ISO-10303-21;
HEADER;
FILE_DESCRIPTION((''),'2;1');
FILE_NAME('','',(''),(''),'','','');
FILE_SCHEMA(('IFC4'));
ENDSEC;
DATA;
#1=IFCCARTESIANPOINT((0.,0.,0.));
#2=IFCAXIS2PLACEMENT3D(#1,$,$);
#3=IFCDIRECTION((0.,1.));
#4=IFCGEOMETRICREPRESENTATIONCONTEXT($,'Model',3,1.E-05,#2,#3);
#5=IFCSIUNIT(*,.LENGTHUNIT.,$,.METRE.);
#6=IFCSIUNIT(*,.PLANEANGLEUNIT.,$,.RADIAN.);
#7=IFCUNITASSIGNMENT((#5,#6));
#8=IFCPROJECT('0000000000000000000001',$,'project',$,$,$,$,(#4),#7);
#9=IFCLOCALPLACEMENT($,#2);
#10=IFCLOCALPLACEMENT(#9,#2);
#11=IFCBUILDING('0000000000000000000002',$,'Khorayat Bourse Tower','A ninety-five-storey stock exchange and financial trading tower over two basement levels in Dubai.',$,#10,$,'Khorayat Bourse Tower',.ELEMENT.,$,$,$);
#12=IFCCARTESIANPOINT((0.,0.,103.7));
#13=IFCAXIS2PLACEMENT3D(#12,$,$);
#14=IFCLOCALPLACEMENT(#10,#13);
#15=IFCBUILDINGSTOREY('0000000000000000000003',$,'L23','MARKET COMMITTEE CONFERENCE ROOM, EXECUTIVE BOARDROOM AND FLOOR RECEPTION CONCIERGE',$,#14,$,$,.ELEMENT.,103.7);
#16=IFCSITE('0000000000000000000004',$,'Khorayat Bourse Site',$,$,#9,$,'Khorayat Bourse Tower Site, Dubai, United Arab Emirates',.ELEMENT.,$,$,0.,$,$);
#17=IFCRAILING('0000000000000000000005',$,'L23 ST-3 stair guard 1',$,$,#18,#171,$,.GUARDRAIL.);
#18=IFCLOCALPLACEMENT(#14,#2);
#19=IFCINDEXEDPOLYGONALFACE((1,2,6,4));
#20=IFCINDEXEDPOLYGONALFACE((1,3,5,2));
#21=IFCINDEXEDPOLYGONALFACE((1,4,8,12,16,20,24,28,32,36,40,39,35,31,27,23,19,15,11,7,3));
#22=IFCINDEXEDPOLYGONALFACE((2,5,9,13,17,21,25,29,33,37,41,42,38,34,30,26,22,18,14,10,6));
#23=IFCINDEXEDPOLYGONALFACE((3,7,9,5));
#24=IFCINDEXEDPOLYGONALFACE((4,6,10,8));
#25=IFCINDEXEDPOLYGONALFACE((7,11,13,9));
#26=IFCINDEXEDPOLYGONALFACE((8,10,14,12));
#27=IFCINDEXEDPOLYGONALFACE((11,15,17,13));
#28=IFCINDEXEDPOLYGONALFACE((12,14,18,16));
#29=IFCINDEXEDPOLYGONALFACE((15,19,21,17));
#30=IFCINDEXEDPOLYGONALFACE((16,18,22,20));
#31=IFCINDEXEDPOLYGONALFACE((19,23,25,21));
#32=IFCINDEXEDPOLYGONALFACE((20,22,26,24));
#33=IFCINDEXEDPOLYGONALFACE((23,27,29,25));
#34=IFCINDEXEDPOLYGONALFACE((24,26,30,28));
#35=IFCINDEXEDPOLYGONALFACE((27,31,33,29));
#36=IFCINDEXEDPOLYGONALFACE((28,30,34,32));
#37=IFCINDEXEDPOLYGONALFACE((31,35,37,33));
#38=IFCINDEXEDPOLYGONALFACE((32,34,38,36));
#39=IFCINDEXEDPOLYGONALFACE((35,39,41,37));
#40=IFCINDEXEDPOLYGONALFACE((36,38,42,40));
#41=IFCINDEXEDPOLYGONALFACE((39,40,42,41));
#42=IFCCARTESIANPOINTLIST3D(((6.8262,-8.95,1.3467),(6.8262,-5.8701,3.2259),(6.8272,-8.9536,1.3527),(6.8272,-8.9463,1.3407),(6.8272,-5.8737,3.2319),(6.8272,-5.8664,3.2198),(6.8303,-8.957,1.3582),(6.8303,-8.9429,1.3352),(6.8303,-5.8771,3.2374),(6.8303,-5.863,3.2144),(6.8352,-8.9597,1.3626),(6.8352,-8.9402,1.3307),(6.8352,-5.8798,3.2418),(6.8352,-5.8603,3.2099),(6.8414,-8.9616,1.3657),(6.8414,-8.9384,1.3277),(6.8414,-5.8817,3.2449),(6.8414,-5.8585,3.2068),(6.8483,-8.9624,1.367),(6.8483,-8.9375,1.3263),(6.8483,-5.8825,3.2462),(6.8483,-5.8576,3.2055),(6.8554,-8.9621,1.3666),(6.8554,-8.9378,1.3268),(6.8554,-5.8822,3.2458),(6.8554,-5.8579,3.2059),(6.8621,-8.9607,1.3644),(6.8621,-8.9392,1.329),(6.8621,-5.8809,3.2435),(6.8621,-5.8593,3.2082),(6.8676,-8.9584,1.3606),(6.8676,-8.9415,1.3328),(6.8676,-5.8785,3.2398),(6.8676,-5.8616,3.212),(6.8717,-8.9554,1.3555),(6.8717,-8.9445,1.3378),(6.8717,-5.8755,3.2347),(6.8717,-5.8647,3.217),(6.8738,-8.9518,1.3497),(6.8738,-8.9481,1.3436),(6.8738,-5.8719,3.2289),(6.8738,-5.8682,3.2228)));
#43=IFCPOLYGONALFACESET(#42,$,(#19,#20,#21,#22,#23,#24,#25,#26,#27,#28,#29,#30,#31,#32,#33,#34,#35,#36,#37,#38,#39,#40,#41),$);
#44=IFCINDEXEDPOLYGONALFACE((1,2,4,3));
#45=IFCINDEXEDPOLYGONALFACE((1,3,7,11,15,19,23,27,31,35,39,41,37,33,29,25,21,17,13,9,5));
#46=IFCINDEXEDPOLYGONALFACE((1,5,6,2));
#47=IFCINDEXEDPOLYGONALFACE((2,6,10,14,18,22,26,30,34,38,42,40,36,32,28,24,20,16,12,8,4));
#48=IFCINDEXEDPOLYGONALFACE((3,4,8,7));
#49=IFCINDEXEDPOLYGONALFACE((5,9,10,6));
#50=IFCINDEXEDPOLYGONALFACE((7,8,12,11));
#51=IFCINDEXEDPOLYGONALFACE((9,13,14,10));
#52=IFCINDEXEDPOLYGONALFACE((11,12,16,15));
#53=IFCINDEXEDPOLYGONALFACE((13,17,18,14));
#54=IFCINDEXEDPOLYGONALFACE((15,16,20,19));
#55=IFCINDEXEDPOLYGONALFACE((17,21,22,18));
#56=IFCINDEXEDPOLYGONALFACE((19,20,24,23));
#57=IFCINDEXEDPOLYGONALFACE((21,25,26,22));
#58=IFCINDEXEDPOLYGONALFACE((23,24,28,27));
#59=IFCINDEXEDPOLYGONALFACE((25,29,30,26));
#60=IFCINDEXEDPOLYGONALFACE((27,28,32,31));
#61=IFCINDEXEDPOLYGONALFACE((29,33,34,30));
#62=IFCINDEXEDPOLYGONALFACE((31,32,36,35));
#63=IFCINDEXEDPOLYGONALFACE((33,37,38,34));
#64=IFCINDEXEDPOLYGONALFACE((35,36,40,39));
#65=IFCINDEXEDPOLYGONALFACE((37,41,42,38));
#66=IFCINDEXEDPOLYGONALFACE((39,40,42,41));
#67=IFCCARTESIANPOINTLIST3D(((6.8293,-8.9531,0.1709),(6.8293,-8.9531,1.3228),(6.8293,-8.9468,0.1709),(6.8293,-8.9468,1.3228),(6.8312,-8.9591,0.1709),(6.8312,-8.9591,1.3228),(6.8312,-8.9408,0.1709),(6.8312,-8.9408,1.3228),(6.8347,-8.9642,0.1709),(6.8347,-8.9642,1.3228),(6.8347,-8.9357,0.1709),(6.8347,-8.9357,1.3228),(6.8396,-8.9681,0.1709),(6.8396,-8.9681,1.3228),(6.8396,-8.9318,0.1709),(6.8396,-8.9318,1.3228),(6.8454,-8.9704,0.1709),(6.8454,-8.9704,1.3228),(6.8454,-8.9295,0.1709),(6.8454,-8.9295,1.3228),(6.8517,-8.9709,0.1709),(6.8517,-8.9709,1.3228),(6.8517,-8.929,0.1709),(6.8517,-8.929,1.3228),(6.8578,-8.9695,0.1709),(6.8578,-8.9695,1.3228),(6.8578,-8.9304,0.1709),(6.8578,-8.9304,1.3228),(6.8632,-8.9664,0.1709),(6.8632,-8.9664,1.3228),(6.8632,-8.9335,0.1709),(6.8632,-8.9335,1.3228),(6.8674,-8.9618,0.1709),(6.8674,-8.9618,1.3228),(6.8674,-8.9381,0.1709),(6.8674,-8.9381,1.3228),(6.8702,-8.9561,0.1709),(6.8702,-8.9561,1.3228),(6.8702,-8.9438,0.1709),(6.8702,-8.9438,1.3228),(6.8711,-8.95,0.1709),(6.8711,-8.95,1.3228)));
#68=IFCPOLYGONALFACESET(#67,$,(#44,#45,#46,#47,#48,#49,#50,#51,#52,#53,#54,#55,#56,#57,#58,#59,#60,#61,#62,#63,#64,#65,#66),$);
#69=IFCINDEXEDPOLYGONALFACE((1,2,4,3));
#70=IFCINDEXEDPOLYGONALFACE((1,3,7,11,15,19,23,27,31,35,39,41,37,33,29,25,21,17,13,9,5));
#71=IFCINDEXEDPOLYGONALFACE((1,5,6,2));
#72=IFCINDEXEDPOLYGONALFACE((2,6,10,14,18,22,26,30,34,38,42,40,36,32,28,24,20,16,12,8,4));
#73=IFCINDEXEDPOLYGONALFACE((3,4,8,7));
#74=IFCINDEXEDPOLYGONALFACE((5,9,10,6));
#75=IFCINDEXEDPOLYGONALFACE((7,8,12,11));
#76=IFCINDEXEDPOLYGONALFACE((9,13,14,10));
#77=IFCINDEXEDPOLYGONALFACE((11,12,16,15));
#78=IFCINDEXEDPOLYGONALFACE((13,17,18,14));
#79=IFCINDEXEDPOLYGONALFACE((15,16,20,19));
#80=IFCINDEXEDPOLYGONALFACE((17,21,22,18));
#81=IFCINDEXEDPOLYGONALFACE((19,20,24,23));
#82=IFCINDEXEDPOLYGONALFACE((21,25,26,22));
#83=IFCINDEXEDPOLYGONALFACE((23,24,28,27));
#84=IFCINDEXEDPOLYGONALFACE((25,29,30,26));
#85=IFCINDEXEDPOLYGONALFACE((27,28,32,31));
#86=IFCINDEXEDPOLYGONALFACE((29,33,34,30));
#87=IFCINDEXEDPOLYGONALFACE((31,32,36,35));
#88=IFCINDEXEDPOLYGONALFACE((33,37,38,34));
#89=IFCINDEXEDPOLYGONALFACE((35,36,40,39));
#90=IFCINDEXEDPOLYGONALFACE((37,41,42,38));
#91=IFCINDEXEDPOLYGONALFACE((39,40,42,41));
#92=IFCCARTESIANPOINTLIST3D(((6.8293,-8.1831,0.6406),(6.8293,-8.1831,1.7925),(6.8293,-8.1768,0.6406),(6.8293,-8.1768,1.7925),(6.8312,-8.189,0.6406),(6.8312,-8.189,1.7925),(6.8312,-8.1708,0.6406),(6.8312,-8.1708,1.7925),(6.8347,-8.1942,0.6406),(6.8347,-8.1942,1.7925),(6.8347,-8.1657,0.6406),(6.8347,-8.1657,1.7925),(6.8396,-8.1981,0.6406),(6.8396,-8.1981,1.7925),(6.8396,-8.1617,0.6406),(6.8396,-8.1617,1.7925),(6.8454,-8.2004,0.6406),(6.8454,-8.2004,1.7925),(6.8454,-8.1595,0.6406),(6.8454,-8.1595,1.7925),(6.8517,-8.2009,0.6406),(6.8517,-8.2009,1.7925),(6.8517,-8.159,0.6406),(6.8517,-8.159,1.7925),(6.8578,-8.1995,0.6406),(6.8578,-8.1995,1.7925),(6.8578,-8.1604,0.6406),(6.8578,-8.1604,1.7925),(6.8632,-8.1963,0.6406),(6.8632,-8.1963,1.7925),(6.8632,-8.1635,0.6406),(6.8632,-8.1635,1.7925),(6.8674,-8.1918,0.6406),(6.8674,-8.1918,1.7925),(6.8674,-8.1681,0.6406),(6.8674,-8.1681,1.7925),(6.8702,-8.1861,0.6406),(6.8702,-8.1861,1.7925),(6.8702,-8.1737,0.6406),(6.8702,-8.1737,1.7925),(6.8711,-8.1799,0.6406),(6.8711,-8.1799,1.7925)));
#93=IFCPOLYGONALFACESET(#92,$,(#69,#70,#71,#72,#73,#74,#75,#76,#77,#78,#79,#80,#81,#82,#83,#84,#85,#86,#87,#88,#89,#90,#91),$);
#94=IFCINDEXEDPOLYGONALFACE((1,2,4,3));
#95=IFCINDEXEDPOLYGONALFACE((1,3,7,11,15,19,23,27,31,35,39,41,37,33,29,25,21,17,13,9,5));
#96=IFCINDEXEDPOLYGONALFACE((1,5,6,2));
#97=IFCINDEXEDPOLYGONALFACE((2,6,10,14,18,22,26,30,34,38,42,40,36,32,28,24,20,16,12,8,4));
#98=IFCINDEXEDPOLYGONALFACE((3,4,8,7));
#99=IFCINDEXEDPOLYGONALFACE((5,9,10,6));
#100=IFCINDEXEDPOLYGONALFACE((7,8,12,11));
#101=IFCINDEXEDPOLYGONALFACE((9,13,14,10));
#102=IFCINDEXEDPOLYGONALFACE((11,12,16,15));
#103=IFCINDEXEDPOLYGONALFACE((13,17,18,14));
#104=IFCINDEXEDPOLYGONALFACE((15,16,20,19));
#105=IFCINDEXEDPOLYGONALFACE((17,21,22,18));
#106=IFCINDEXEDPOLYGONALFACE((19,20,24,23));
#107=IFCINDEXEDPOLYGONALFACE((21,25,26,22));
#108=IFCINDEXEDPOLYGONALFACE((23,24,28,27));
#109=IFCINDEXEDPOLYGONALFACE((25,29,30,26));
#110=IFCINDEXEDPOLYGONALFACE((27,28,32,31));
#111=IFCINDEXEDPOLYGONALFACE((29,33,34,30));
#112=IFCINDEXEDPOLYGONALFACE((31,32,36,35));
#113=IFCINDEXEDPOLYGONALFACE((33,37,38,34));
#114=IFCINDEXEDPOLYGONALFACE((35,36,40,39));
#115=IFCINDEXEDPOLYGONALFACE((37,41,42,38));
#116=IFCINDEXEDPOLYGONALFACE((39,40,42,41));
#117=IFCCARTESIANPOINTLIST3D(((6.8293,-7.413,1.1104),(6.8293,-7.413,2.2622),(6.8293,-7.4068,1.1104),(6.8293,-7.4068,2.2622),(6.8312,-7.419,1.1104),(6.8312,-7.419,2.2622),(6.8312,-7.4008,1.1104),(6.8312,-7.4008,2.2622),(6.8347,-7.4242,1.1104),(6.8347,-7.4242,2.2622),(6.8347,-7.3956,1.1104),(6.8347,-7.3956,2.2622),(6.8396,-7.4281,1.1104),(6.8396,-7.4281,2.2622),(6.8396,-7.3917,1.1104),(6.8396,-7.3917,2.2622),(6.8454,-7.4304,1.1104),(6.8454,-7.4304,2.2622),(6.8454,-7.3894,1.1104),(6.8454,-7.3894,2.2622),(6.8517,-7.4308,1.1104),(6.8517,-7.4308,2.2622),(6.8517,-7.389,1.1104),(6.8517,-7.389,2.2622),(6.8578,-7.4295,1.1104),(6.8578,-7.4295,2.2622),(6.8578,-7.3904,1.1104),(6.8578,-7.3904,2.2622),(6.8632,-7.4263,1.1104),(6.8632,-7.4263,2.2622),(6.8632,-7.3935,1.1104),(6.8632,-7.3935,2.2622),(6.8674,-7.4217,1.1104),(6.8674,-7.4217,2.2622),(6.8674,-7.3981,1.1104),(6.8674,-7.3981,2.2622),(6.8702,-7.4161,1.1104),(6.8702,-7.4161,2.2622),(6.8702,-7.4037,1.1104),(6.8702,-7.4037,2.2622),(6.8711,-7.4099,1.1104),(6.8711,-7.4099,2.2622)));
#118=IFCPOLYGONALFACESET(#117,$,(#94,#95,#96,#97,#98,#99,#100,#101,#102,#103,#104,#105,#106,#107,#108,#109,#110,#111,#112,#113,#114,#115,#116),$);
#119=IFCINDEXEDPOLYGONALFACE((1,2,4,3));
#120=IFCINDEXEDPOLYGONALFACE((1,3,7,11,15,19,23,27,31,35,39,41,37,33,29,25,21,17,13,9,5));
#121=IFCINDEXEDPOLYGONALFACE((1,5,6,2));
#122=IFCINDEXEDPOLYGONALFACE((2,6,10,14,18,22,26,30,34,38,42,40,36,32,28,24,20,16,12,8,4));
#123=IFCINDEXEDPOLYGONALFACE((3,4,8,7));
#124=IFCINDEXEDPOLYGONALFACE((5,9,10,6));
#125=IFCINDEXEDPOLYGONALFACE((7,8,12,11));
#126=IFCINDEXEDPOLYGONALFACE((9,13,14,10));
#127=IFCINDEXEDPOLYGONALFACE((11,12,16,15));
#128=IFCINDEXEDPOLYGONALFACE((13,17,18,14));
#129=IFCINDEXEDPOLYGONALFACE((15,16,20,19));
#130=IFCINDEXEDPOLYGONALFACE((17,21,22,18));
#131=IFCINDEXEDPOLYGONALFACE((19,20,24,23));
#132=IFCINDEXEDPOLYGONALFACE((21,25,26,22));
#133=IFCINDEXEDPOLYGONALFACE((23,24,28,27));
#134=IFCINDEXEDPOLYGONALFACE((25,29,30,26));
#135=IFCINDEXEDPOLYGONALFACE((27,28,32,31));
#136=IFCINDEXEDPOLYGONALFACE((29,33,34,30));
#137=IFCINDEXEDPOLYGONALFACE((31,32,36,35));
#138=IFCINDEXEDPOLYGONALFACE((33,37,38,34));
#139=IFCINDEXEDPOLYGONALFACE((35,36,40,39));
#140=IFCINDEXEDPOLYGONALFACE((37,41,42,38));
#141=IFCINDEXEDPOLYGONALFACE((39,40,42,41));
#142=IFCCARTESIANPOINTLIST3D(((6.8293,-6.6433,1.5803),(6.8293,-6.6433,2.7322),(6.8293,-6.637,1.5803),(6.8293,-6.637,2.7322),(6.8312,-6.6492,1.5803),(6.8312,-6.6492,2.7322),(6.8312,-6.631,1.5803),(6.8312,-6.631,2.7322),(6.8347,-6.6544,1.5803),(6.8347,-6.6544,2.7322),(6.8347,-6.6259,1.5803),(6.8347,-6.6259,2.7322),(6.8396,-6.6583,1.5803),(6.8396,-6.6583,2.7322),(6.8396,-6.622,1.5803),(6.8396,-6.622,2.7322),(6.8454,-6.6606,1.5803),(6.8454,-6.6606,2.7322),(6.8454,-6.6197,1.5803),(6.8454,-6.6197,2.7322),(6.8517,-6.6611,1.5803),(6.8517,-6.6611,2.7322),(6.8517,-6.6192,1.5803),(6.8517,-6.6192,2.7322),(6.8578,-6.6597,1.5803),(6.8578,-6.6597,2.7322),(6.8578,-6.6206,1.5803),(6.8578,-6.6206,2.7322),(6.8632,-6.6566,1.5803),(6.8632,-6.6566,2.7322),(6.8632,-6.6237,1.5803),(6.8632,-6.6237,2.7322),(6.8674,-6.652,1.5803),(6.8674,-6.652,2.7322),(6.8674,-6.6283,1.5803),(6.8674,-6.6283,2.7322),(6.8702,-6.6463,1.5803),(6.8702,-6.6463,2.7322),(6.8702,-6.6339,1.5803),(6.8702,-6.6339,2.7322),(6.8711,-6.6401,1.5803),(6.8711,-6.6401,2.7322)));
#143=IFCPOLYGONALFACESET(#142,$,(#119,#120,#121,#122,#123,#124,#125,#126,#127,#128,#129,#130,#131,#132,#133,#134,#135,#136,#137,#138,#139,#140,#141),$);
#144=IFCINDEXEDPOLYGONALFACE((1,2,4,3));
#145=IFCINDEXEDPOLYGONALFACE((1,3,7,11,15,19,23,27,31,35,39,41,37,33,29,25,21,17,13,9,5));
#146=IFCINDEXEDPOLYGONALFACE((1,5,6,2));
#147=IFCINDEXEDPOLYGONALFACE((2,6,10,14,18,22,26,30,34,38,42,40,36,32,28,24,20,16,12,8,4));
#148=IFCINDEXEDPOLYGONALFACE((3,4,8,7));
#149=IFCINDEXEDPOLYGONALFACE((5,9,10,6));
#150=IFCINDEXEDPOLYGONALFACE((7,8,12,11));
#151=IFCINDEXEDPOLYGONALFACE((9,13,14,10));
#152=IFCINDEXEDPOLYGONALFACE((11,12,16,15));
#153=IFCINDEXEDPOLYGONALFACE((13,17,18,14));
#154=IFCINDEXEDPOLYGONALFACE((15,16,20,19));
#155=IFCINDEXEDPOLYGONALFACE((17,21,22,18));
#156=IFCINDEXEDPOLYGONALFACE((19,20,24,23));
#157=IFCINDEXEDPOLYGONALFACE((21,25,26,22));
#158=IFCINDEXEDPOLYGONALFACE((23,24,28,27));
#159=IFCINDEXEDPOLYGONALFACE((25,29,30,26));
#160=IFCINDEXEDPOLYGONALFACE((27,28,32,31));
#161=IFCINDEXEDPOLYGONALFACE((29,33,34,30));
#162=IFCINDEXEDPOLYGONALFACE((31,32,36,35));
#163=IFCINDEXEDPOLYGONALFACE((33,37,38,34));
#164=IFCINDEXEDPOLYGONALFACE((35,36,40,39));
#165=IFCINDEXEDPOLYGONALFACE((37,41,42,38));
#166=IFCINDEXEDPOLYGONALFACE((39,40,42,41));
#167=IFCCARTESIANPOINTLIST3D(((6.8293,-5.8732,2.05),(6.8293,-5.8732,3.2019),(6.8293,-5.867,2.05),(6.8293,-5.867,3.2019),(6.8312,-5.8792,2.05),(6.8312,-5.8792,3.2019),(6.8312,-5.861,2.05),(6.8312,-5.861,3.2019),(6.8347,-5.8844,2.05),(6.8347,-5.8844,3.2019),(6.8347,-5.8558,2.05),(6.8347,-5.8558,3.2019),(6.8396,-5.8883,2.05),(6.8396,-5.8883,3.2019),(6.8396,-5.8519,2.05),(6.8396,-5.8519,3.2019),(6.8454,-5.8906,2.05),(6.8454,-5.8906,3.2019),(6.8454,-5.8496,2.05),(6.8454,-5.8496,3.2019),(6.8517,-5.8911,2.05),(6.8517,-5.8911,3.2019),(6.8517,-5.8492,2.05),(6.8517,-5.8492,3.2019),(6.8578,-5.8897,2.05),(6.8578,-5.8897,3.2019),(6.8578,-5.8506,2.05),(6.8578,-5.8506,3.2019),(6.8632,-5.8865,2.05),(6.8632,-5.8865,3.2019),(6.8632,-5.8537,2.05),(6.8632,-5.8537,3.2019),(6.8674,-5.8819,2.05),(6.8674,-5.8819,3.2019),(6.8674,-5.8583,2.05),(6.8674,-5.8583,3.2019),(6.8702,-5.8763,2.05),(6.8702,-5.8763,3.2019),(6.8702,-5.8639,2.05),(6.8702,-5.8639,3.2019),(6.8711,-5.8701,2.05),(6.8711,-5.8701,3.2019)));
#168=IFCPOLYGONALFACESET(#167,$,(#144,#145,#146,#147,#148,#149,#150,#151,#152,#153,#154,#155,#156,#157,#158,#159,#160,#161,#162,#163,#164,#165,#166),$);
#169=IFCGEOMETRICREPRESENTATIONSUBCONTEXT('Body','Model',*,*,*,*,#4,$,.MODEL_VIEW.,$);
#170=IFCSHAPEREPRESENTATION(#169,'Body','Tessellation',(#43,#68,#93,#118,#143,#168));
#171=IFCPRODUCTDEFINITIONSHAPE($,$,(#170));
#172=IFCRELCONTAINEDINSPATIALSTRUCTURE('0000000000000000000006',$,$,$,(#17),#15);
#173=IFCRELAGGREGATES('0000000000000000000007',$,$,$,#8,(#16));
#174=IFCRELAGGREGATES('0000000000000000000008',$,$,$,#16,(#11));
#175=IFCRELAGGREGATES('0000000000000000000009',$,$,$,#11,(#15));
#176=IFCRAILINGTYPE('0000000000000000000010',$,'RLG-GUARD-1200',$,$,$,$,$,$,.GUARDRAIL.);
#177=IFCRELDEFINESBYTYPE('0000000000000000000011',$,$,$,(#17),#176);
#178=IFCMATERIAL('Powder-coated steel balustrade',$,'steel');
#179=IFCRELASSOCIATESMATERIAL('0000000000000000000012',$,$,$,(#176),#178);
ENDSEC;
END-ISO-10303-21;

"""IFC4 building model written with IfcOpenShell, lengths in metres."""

from ifc_helpers import new_model, si_unit, direction, frame, origin, origin_2d, place, context, subcontext, project, spatial, circle, extrude, source, transform, mapped, material, type_object, element, save


model = new_model("IFC4")

# Units and contexts
model_context = context("Model", 3, precision=1e-05, world=origin(), true_north=direction((0.0, 1.0)))
body_context = subcontext(model_context, "Body", "Model", "MODEL_VIEW")
ifc_project = project(units=[si_unit("LENGTHUNIT", "METRE"), si_unit("PLANEANGLEUNIT", "RADIAN")], contexts=[model_context])

# Site, building, storey
site_placement = place(None, origin())
site = spatial("IfcSite", under=ifc_project, at=site_placement, Name="Khorayat Bourse Site", LongName="Khorayat Bourse Tower Site, Dubai, United Arab Emirates", CompositionType="ELEMENT", RefElevation=0.0)
building_placement = place(site_placement, origin())
building = spatial("IfcBuilding", under=site, at=building_placement, Name="Khorayat Bourse Tower", Description="A ninety-five-storey stock exchange and financial trading tower over two basement levels in Dubai.", LongName="Khorayat Bourse Tower", CompositionType="ELEMENT")
storey_placement = place(building_placement, frame((0.0, 0.0, 103.7)))
storey = spatial("IfcBuildingStorey", under=building, at=storey_placement, Name="L23", Description="MARKET COMMITTEE CONFERENCE ROOM, EXECUTIVE BOARDROOM AND FLOOR RECEPTION CONCIERGE", CompositionType="ELEMENT", Elevation=103.7)

# Railing
ifc_material_1 = material(Name="Powder-coated steel balustrade", Category="steel")
railing_type_1 = type_object("IfcRailingType", Name="RLG-GUARD-1200", PredefinedType="GUARDRAIL", material=ifc_material_1)
shared_shape_1 = source(origin(), body_context, "Body", "SweptSolid", [
    extrude(circle(Radius=0.0239, at=origin_2d()), frame((0.0, 0.0, 1.1758), z_axis=(0.0, 0.853648, 0.52085), x_axis=(-1.0, 0.0, 0.0)), (0.0, 0.0, 1.0), 3.6079),
    extrude(circle(Radius=0.021, at=origin_2d()), origin(), (0.0, 0.0, 1.0), 1.1519),
    extrude(circle(Radius=0.021, at=origin_2d()), frame((0.0, 0.77, 0.4697)), (0.0, 0.0, 1.0), 1.1519),
    extrude(circle(Radius=0.021, at=origin_2d()), frame((0.0, 1.54, 0.9395)), (0.0, 0.0, 1.0), 1.1519),
    extrude(circle(Radius=0.021, at=origin_2d()), frame((0.0, 2.3098, 1.4094)), (0.0, 0.0, 1.0), 1.1519),
    extrude(circle(Radius=0.021, at=origin_2d()), frame((0.0, 3.0798, 1.8792)), (0.0, 0.0, 1.0), 1.1519),
])
railing_1_placement = place(storey_placement, frame((6.8501, -8.95, 0.1709)))
element("IfcRailing", 1, at=railing_1_placement, inside=storey, type_object=railing_type_1, Name="L23 ST-3 stair guard 1", PredefinedType="GUARDRAIL", context=body_context, shape_type="MappedRepresentation", body=[
    mapped(shared_shape_1, transform((0.0, 0.0, 0.0), scale=1.0)),
])

save(model, "model.ifc")
